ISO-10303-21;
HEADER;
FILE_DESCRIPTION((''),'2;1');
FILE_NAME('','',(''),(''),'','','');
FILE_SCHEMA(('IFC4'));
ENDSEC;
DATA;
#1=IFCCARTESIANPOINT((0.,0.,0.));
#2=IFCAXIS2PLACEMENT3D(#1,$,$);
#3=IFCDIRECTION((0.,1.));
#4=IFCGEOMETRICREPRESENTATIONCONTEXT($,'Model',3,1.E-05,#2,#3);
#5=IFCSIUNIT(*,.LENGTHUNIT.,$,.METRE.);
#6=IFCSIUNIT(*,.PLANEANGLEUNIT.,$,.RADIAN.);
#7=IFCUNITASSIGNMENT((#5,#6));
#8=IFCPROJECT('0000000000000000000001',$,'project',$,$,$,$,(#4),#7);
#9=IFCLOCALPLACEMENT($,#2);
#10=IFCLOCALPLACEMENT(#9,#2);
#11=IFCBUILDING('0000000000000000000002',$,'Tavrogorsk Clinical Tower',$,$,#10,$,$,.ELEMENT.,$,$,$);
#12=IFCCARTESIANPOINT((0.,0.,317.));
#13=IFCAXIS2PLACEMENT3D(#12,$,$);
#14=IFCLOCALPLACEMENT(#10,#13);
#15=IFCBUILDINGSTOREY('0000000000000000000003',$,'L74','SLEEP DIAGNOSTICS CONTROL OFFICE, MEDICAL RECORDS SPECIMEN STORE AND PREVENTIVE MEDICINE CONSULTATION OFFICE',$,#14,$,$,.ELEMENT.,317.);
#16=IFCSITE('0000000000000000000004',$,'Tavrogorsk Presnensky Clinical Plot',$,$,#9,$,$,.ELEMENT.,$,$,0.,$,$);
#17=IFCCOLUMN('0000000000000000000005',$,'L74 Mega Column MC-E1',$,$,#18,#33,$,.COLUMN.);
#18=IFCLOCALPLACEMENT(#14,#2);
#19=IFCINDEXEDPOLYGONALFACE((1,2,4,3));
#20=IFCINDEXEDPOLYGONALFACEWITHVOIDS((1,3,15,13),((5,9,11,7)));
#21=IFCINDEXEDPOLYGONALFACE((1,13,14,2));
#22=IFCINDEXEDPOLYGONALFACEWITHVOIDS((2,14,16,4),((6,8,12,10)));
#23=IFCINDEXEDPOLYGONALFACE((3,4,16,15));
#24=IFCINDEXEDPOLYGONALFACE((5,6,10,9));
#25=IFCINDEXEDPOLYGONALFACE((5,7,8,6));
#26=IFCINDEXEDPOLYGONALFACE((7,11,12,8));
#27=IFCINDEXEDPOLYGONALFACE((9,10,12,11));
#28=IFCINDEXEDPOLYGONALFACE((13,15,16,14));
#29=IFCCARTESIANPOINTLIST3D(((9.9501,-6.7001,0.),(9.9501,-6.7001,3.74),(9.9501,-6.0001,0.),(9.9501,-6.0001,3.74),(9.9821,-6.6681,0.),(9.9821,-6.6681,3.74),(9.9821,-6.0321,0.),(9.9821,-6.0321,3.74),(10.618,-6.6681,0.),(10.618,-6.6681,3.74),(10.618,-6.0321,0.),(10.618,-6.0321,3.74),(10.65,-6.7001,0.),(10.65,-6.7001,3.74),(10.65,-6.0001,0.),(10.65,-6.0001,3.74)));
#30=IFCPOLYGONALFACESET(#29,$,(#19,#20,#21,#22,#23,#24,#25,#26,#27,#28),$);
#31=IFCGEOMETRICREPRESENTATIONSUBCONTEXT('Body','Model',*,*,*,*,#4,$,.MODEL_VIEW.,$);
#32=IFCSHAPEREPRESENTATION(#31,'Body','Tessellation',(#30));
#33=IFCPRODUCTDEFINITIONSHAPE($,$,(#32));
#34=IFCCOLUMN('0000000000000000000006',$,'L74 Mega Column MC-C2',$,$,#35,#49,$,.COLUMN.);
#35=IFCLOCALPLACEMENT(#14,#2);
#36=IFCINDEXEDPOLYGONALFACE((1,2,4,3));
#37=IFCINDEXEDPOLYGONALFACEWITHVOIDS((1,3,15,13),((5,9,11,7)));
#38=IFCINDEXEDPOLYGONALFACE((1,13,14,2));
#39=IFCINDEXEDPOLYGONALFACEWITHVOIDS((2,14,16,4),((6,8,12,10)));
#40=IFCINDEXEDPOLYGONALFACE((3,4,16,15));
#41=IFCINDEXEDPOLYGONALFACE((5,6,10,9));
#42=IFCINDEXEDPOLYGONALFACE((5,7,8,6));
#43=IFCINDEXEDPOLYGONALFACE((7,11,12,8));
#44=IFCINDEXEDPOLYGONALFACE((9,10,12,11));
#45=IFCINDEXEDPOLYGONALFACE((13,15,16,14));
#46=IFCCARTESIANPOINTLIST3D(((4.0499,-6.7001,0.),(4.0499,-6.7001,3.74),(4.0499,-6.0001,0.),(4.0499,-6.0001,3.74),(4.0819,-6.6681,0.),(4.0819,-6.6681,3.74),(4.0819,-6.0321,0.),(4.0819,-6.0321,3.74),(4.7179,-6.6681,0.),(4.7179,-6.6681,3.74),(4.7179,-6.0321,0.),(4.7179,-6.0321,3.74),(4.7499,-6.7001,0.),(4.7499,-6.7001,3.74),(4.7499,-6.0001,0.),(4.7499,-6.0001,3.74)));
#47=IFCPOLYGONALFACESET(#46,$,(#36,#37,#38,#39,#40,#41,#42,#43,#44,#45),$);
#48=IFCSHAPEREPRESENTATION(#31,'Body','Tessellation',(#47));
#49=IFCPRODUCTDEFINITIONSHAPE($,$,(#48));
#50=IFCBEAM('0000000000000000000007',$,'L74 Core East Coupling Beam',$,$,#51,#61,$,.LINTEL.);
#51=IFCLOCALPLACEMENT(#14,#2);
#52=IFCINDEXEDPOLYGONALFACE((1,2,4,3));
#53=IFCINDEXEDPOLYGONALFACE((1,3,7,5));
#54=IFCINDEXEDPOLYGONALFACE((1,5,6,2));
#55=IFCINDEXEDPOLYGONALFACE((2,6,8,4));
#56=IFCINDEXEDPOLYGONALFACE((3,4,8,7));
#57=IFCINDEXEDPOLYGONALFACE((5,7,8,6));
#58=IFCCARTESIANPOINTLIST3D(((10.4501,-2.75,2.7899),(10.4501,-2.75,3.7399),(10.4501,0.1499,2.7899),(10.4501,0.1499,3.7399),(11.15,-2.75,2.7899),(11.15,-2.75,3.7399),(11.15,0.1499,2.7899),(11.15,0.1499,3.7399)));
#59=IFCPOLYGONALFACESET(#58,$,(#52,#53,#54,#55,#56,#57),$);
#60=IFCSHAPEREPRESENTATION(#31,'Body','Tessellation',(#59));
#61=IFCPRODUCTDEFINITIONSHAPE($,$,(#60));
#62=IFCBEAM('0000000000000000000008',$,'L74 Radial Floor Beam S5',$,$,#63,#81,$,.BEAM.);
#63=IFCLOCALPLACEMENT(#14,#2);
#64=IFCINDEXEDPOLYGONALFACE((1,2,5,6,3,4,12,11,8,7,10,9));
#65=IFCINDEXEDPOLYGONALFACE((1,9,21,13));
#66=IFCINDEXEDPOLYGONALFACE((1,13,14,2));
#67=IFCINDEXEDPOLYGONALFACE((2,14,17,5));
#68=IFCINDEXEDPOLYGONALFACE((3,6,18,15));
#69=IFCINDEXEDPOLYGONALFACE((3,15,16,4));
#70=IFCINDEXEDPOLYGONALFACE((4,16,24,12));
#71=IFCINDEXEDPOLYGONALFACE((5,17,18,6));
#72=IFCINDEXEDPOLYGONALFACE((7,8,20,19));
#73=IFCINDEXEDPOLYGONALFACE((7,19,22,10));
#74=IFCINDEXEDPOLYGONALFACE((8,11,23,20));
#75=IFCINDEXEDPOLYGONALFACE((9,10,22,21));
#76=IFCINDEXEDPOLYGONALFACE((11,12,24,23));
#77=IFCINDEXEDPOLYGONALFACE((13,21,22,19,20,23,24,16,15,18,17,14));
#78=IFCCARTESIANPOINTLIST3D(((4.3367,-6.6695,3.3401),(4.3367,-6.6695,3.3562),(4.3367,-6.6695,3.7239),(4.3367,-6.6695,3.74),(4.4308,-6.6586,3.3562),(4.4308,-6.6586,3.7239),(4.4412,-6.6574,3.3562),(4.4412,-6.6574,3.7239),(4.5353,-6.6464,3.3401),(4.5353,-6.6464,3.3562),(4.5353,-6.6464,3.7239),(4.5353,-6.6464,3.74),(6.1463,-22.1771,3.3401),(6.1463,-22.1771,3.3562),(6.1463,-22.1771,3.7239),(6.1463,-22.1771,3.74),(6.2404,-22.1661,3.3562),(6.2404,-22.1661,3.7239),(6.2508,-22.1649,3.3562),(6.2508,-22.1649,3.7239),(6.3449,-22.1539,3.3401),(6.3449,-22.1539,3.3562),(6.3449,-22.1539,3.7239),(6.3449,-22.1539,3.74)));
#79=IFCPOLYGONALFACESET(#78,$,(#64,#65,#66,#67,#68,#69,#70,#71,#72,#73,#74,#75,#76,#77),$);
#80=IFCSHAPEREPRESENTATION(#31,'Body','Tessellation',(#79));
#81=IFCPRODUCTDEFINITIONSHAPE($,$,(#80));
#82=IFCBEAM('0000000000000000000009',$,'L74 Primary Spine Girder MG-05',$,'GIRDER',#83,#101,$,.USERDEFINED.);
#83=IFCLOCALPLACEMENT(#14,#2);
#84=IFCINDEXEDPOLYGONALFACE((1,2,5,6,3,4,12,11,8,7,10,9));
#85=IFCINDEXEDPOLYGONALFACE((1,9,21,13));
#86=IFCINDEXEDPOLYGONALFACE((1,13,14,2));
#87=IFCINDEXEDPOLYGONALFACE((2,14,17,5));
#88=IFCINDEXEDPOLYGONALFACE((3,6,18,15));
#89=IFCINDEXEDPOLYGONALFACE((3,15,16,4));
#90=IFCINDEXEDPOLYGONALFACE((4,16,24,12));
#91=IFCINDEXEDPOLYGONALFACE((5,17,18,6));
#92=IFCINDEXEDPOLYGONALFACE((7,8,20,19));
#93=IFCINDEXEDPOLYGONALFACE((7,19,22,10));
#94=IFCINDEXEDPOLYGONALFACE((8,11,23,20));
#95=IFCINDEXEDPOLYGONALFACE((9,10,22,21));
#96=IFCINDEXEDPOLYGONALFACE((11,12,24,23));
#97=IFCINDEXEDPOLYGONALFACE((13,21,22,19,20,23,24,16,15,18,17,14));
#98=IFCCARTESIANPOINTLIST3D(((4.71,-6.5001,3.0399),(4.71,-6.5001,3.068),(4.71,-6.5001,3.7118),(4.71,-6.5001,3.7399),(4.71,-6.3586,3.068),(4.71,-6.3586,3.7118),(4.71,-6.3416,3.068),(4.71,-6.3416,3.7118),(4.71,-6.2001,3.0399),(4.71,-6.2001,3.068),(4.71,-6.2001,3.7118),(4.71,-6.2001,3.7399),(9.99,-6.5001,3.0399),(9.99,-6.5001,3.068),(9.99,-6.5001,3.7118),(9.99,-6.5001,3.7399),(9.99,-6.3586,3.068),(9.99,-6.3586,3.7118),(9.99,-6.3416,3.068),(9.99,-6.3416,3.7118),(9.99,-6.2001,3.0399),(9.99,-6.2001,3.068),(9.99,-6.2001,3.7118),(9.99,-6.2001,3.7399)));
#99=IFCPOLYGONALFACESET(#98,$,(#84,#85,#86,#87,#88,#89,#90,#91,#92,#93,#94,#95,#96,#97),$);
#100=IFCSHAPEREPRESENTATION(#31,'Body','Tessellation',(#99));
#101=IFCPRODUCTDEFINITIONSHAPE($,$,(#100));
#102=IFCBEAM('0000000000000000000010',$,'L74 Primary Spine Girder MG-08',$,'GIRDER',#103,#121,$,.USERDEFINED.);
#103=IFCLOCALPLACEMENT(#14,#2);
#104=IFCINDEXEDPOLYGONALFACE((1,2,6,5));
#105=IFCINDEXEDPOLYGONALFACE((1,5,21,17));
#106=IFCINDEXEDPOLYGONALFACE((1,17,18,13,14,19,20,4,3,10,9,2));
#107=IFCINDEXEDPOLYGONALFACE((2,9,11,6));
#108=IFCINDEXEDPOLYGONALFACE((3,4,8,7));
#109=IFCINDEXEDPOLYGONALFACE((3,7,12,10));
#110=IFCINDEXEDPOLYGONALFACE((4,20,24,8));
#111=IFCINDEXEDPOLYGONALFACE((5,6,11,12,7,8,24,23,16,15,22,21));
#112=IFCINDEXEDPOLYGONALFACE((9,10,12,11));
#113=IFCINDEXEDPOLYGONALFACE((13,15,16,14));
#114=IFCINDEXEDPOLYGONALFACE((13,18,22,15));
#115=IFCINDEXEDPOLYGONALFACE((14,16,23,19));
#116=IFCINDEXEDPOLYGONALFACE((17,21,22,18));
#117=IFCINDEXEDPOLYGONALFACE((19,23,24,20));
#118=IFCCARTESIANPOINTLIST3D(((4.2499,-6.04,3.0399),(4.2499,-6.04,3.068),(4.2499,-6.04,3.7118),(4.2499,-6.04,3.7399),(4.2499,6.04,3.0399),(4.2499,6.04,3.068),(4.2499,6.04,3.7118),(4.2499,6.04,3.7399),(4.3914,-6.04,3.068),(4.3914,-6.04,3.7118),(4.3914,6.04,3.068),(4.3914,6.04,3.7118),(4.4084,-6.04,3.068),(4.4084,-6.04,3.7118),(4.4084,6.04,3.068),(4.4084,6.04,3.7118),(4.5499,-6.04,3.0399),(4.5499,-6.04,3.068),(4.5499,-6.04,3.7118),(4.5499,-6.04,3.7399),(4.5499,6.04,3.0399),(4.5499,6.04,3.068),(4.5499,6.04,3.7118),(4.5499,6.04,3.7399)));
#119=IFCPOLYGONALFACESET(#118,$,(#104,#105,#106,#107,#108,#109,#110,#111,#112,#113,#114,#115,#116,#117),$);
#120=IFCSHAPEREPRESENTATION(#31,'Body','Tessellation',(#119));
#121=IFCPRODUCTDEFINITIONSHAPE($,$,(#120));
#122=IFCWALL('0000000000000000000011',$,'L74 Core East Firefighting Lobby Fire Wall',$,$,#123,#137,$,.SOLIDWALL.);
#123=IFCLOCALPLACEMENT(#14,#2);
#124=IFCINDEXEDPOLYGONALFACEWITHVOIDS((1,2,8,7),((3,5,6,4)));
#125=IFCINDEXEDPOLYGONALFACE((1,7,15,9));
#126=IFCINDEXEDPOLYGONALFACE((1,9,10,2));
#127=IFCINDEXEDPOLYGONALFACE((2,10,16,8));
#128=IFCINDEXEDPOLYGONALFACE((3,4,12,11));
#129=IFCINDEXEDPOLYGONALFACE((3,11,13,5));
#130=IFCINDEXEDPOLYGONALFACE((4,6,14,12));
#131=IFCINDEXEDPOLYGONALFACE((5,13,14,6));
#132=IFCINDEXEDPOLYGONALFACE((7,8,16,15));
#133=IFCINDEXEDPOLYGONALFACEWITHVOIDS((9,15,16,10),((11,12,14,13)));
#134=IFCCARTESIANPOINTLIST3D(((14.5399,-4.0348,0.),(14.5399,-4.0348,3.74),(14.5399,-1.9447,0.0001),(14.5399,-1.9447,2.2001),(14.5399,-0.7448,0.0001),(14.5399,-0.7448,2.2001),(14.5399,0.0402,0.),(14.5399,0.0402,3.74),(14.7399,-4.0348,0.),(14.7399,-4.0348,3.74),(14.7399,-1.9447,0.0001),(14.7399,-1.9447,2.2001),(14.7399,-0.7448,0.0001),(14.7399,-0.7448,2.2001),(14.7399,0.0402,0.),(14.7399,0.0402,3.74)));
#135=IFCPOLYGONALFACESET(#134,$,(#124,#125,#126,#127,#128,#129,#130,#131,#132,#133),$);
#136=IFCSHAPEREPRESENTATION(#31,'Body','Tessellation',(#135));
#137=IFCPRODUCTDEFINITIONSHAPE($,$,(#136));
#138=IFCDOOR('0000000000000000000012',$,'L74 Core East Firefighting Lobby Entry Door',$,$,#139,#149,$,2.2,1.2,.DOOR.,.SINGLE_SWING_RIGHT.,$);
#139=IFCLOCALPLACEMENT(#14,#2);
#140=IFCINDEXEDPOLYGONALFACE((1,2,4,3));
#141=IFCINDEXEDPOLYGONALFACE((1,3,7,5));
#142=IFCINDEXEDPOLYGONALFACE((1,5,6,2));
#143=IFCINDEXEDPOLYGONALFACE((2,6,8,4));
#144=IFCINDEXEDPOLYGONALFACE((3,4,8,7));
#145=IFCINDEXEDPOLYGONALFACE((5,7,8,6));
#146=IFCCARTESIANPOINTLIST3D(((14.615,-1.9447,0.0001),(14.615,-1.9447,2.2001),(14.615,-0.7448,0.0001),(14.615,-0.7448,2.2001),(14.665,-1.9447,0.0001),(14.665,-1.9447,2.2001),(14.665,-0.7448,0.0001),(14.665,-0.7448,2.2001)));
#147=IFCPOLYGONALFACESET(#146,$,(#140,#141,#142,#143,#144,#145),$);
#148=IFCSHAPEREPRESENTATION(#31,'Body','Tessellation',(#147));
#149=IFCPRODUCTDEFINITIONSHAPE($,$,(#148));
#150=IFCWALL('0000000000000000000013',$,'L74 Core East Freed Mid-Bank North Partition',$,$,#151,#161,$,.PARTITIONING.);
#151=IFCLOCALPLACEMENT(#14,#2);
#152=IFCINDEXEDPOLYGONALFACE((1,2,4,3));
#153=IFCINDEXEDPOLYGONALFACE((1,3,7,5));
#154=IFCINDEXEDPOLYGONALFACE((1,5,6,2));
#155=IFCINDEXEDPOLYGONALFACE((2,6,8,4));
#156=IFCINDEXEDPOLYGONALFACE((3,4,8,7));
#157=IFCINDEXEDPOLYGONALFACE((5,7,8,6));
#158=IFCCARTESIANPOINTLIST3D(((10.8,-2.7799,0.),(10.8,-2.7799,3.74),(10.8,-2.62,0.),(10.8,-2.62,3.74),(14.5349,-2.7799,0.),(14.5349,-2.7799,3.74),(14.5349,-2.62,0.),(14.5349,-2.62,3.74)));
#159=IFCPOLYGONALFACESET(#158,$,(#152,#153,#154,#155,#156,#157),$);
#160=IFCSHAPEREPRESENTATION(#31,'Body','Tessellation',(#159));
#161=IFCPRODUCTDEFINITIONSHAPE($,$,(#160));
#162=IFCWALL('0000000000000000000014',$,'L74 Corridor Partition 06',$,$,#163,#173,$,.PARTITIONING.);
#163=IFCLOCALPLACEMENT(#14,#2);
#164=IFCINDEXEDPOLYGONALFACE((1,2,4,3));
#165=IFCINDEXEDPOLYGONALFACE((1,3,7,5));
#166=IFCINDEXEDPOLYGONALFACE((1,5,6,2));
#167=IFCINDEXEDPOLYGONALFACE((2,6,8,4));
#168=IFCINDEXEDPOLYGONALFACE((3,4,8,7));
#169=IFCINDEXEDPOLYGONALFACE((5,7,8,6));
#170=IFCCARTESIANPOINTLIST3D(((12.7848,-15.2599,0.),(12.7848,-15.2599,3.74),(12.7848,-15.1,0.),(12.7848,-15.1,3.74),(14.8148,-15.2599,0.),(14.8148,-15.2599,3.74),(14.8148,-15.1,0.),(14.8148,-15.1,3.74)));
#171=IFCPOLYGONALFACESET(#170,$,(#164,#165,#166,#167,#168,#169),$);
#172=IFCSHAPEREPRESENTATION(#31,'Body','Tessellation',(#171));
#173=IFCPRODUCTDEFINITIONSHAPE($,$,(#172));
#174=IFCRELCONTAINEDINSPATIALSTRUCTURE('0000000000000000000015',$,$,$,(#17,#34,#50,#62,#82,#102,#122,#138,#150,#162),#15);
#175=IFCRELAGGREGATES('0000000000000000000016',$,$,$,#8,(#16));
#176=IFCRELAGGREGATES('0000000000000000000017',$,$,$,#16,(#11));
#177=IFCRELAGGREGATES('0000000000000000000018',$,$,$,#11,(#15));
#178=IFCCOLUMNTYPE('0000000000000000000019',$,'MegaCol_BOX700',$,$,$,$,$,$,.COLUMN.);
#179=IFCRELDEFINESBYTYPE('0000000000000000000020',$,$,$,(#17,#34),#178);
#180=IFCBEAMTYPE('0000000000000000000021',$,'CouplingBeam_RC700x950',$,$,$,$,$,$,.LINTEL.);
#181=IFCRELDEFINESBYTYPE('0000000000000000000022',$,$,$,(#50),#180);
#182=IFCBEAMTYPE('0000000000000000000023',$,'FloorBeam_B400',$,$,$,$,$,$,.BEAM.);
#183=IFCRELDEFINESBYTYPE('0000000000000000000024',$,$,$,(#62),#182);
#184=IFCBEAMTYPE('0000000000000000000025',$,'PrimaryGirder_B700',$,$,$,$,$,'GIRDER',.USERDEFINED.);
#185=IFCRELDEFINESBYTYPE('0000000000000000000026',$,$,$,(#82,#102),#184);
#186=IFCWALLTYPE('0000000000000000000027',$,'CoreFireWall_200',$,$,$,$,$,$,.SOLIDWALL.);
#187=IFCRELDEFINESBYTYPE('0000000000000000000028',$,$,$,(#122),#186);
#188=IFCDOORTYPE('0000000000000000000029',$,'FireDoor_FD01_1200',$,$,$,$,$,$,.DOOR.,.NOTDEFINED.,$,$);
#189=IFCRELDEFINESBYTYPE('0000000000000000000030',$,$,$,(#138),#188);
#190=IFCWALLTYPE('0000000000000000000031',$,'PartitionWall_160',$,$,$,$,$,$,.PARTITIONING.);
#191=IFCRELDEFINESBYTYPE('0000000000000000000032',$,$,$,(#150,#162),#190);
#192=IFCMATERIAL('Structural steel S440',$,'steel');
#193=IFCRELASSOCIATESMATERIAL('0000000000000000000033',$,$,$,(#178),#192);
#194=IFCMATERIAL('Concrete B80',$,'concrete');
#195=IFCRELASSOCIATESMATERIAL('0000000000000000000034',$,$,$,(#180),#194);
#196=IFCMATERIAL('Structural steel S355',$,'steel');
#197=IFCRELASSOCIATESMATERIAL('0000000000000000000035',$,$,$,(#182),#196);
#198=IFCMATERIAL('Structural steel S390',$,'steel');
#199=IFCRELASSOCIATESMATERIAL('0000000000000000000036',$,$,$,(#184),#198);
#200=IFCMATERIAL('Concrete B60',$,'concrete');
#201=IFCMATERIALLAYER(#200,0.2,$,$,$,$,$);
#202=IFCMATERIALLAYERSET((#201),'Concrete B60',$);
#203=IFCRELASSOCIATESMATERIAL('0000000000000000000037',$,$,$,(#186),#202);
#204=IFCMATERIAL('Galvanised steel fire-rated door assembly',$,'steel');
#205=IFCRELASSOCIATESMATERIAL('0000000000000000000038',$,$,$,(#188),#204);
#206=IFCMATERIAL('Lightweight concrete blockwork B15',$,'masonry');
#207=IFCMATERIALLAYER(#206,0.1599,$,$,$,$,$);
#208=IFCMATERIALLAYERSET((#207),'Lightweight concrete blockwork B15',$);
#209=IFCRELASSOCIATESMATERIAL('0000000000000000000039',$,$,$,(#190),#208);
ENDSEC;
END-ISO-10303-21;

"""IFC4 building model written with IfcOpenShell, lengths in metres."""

from ifc_helpers import new_model, si_unit, direction, frame, frame_2d, origin, origin_2d, place, context, subcontext, project, spatial, rectangle, hollow_rectangle, i_section, extrude, material, layer, layer_set, material_profile, profile_set, type_object, element, fill, save


model = new_model("IFC4")

# Units and contexts
model_context = context("Model", 3, precision=1e-05, world=origin(), true_north=direction((0.0, 1.0)))
body_context = subcontext(model_context, "Body", "Model", "MODEL_VIEW")
ifc_project = project(units=[si_unit("LENGTHUNIT", "METRE"), si_unit("PLANEANGLEUNIT", "RADIAN")], contexts=[model_context])

# Site, building, storey
site_placement = place(None, origin())
site = spatial("IfcSite", under=ifc_project, at=site_placement, Name="Tavrogorsk Presnensky Clinical Plot", CompositionType="ELEMENT", RefElevation=0.0)
building_placement = place(site_placement, origin())
building = spatial("IfcBuilding", under=site, at=building_placement, Name="Tavrogorsk Clinical Tower", CompositionType="ELEMENT")
storey_placement = place(building_placement, frame((0.0, 0.0, 317.0)))
storey = spatial("IfcBuildingStorey", under=building, at=storey_placement, Name="L74", Description="SLEEP DIAGNOSTICS CONTROL OFFICE, MEDICAL RECORDS SPECIMEN STORE AND PREVENTIVE MEDICINE CONSULTATION OFFICE", CompositionType="ELEMENT", Elevation=317.0)

# Columns
ifc_material_1 = material(Name="Structural steel S440", Category="steel")
ifc_material_profile_1 = material_profile(ifc_material_1, hollow_rectangle(XDim=0.7, YDim=0.7, WallThickness=0.032, at=origin_2d()), Name="BOX-700x700x32")
ifc_profile_set_1 = profile_set([ifc_material_profile_1], Name="Structural steel S440")
column_type = type_object("IfcColumnType", Name="MegaCol_BOX700", PredefinedType="COLUMN", material=ifc_profile_set_1)
for number, where, z_axis, x_axis, name in (
    (1, (10.3, -6.3501, 0.0), (0.0, 0.0, 1.0), (1.0, 0.0, 0.0), "L74 Mega Column MC-E1"),
    (2, (4.3999, -6.3501, 0.0), (0.0, 0.0, 1.0), (1.0, 0.0, 0.0), "L74 Mega Column MC-C2"),
):
    element("IfcColumn", number, at=place(storey_placement, frame(where, z_axis=z_axis, x_axis=x_axis)), inside=storey, type_object=column_type, Name=name, PredefinedType="COLUMN", context=body_context, shape_type="SweptSolid", body=[
        extrude(hollow_rectangle(XDim=0.7, YDim=0.7, WallThickness=0.032, at=origin_2d()), origin(), (0.0, 0.0, 1.0), 3.74),
    ])

# Beams
ifc_material_2 = material(Name="Concrete B80", Category="concrete")
ifc_material_profile_2 = material_profile(ifc_material_2, rectangle(XDim=0.7, YDim=0.95, at=origin_2d()), Name="RC-CB-700x950")
ifc_profile_set_2 = profile_set([ifc_material_profile_2], Name="Concrete B80")
beam_type_1 = type_object("IfcBeamType", Name="CouplingBeam_RC700x950", PredefinedType="LINTEL", material=ifc_profile_set_2)
beam_1_placement = place(storey_placement, frame((10.8, -2.75, 3.2649), z_axis=(0.0, 1.0, 0.0), x_axis=(-1.0, 0.0, 0.0)))
element("IfcBeam", 3, at=beam_1_placement, inside=storey, type_object=beam_type_1, Name="L74 Core East Coupling Beam", PredefinedType="LINTEL", context=body_context, shape_type="SweptSolid", body=[
    extrude(rectangle(XDim=0.7, YDim=0.95, at=origin_2d()), origin(), (0.0, 0.0, 1.0), 2.8999),
])
ifc_material_3 = material(Name="Structural steel S355", Category="steel")
ifc_material_profile_3 = material_profile(ifc_material_3, i_section(OverallWidth=0.2, OverallDepth=0.3999, WebThickness=0.0105, FlangeThickness=0.0161, at=origin_2d()), Name="B-400x200x10.5x16")
ifc_profile_set_3 = profile_set([ifc_material_profile_3], Name="Structural steel S355")
beam_type_2 = type_object("IfcBeamType", Name="FloorBeam_B400", PredefinedType="BEAM", material=ifc_profile_set_3)
beam_2_placement = place(storey_placement, frame((4.436, -6.658, 3.54), z_axis=(0.115903, -0.993261, 0.0), x_axis=(0.993261, 0.115903, 0.0)))
element("IfcBeam", 4, at=beam_2_placement, inside=storey, type_object=beam_type_2, Name="L74 Radial Floor Beam S5", PredefinedType="BEAM", context=body_context, shape_type="SweptSolid", body=[
    extrude(i_section(OverallWidth=0.2, OverallDepth=0.3999, WebThickness=0.0105, FlangeThickness=0.0161, at=origin_2d()), origin(), (0.0, 0.0, 1.0), 15.6128),
])
ifc_material_4 = material(Name="Structural steel S390", Category="steel")
ifc_material_profile_4 = material_profile(ifc_material_4, i_section(OverallWidth=0.3, OverallDepth=0.7, WebThickness=0.0171, FlangeThickness=0.0281, at=origin_2d()), Name="B-700x300x17x28")
ifc_profile_set_4 = profile_set([ifc_material_profile_4], Name="Structural steel S390")
beam_type_3 = type_object("IfcBeamType", Name="PrimaryGirder_B700", ElementType="GIRDER", PredefinedType="USERDEFINED", material=ifc_profile_set_4)
beam_3_placement = place(storey_placement, frame((4.71, -6.3501, 3.3899), z_axis=(1.0, 0.0, 0.0), x_axis=(0.0, 1.0, 0.0)))
element("IfcBeam", 5, at=beam_3_placement, inside=storey, type_object=beam_type_3, Name="L74 Primary Spine Girder MG-05", ObjectType="GIRDER", PredefinedType="USERDEFINED", context=body_context, shape_type="SweptSolid", body=[
    extrude(i_section(OverallWidth=0.3, OverallDepth=0.7, WebThickness=0.0171, FlangeThickness=0.0281, at=origin_2d()), origin(), (0.0, 0.0, 1.0), 5.28),
])
beam_4_placement = place(storey_placement, frame((4.3999, -6.04, 3.3899), z_axis=(0.0, 1.0, 0.0), x_axis=(-1.0, 0.0, 0.0)))
element("IfcBeam", 6, at=beam_4_placement, inside=storey, type_object=beam_type_3, Name="L74 Primary Spine Girder MG-08", ObjectType="GIRDER", PredefinedType="USERDEFINED", context=body_context, shape_type="SweptSolid", body=[
    extrude(i_section(OverallWidth=0.3, OverallDepth=0.7, WebThickness=0.0171, FlangeThickness=0.0281, at=origin_2d()), origin(), (0.0, 0.0, 1.0), 12.0801),
])

# Wall, opening, door
ifc_material_5 = material(Name="Concrete B60", Category="concrete")
ifc_layer_1 = layer(ifc_material_5, 0.2)
ifc_layer_set_1 = layer_set([ifc_layer_1], Name="Concrete B60")
wall_type_1 = type_object("IfcWallType", Name="CoreFireWall_200", PredefinedType="SOLIDWALL", material=ifc_layer_set_1)
wall_1_placement = place(storey_placement, frame((14.6399, -4.0349, 0.0), z_axis=(0.0, 0.0, 1.0), x_axis=(0.0, 1.0, 0.0)))
wall_1 = element("IfcWall", 7, at=wall_1_placement, inside=storey, type_object=wall_type_1, Name="L74 Core East Firefighting Lobby Fire Wall", PredefinedType="SOLIDWALL", context=body_context, shape_type="SweptSolid", body=[
    extrude(rectangle(XDim=4.075, YDim=0.2, at=frame_2d((2.0376, 0.0))), origin(), (0.0, 0.0, 1.0), 3.74),
])
opening_1_placement = place(wall_1_placement, frame((2.0901, 0.0, 0.0)))
opening_1 = element("IfcOpeningElement", 8, at=opening_1_placement, cuts=wall_1, PredefinedType="OPENING", context=body_context, shape_type="SweptSolid", body=[
    extrude(rectangle(XDim=1.2, YDim=2.2, at=frame_2d((0.6001, 1.1001))), frame((0.0, 0.1099, 0.0), z_axis=(0.0, -1.0, 0.0), x_axis=(1.0, 0.0, 0.0)), (0.0, 0.0, 1.0), 0.22),
])
ifc_material_6 = material(Name="Galvanised steel fire-rated door assembly", Category="steel")
door_type_1 = type_object("IfcDoorType", Name="FireDoor_FD01_1200", OperationType="NOTDEFINED", PredefinedType="DOOR", material=ifc_material_6)
door_1_placement = place(opening_1_placement, origin())
door_1 = element("IfcDoor", 9, at=door_1_placement, inside=storey, type_object=door_type_1, Name="L74 Core East Firefighting Lobby Entry Door", OperationType="SINGLE_SWING_RIGHT", OverallHeight=2.2, OverallWidth=1.2, PredefinedType="DOOR", context=body_context, shape_type="SweptSolid", body=[
    extrude(rectangle(XDim=1.2, YDim=2.2, at=frame_2d((0.6001, 1.1001))), frame((0.0, 0.0249, 0.0), z_axis=(0.0, -1.0, 0.0), x_axis=(1.0, 0.0, 0.0)), (0.0, 0.0, 1.0), 0.05),
])
fill(opening_1, door_1)

# Walls
ifc_material_7 = material(Name="Lightweight concrete blockwork B15", Category="masonry")
ifc_layer_2 = layer(ifc_material_7, 0.1599)
ifc_layer_set_2 = layer_set([ifc_layer_2], Name="Lightweight concrete blockwork B15")
wall_type_2 = type_object("IfcWallType", Name="PartitionWall_160", PredefinedType="PARTITIONING", material=ifc_layer_set_2)
wall_2_placement = place(storey_placement, frame((10.8, -2.7, 0.0), z_axis=(0.0, 0.0, 1.0), x_axis=(1.0, 0.0, 0.0)))
element("IfcWall", 10, at=wall_2_placement, inside=storey, type_object=wall_type_2, Name="L74 Core East Freed Mid-Bank North Partition", PredefinedType="PARTITIONING", context=body_context, shape_type="SweptSolid", body=[
    extrude(rectangle(XDim=3.7349, YDim=0.1599, at=frame_2d((1.8674, 0.0))), origin(), (0.0, 0.0, 1.0), 3.74),
])
wall_3_placement = place(storey_placement, frame((14.8149, -15.1799, 0.0), z_axis=(0.0, 0.0, 1.0), x_axis=(-1.0, 0.0, 0.0)))
element("IfcWall", 11, at=wall_3_placement, inside=storey, type_object=wall_type_2, Name="L74 Corridor Partition 06", PredefinedType="PARTITIONING", context=body_context, shape_type="SweptSolid", body=[
    extrude(rectangle(XDim=2.03, YDim=0.1599, at=frame_2d((1.0151, 0.0))), origin(), (0.0, 0.0, 1.0), 3.74),
])

save(model, "model.ifc")
